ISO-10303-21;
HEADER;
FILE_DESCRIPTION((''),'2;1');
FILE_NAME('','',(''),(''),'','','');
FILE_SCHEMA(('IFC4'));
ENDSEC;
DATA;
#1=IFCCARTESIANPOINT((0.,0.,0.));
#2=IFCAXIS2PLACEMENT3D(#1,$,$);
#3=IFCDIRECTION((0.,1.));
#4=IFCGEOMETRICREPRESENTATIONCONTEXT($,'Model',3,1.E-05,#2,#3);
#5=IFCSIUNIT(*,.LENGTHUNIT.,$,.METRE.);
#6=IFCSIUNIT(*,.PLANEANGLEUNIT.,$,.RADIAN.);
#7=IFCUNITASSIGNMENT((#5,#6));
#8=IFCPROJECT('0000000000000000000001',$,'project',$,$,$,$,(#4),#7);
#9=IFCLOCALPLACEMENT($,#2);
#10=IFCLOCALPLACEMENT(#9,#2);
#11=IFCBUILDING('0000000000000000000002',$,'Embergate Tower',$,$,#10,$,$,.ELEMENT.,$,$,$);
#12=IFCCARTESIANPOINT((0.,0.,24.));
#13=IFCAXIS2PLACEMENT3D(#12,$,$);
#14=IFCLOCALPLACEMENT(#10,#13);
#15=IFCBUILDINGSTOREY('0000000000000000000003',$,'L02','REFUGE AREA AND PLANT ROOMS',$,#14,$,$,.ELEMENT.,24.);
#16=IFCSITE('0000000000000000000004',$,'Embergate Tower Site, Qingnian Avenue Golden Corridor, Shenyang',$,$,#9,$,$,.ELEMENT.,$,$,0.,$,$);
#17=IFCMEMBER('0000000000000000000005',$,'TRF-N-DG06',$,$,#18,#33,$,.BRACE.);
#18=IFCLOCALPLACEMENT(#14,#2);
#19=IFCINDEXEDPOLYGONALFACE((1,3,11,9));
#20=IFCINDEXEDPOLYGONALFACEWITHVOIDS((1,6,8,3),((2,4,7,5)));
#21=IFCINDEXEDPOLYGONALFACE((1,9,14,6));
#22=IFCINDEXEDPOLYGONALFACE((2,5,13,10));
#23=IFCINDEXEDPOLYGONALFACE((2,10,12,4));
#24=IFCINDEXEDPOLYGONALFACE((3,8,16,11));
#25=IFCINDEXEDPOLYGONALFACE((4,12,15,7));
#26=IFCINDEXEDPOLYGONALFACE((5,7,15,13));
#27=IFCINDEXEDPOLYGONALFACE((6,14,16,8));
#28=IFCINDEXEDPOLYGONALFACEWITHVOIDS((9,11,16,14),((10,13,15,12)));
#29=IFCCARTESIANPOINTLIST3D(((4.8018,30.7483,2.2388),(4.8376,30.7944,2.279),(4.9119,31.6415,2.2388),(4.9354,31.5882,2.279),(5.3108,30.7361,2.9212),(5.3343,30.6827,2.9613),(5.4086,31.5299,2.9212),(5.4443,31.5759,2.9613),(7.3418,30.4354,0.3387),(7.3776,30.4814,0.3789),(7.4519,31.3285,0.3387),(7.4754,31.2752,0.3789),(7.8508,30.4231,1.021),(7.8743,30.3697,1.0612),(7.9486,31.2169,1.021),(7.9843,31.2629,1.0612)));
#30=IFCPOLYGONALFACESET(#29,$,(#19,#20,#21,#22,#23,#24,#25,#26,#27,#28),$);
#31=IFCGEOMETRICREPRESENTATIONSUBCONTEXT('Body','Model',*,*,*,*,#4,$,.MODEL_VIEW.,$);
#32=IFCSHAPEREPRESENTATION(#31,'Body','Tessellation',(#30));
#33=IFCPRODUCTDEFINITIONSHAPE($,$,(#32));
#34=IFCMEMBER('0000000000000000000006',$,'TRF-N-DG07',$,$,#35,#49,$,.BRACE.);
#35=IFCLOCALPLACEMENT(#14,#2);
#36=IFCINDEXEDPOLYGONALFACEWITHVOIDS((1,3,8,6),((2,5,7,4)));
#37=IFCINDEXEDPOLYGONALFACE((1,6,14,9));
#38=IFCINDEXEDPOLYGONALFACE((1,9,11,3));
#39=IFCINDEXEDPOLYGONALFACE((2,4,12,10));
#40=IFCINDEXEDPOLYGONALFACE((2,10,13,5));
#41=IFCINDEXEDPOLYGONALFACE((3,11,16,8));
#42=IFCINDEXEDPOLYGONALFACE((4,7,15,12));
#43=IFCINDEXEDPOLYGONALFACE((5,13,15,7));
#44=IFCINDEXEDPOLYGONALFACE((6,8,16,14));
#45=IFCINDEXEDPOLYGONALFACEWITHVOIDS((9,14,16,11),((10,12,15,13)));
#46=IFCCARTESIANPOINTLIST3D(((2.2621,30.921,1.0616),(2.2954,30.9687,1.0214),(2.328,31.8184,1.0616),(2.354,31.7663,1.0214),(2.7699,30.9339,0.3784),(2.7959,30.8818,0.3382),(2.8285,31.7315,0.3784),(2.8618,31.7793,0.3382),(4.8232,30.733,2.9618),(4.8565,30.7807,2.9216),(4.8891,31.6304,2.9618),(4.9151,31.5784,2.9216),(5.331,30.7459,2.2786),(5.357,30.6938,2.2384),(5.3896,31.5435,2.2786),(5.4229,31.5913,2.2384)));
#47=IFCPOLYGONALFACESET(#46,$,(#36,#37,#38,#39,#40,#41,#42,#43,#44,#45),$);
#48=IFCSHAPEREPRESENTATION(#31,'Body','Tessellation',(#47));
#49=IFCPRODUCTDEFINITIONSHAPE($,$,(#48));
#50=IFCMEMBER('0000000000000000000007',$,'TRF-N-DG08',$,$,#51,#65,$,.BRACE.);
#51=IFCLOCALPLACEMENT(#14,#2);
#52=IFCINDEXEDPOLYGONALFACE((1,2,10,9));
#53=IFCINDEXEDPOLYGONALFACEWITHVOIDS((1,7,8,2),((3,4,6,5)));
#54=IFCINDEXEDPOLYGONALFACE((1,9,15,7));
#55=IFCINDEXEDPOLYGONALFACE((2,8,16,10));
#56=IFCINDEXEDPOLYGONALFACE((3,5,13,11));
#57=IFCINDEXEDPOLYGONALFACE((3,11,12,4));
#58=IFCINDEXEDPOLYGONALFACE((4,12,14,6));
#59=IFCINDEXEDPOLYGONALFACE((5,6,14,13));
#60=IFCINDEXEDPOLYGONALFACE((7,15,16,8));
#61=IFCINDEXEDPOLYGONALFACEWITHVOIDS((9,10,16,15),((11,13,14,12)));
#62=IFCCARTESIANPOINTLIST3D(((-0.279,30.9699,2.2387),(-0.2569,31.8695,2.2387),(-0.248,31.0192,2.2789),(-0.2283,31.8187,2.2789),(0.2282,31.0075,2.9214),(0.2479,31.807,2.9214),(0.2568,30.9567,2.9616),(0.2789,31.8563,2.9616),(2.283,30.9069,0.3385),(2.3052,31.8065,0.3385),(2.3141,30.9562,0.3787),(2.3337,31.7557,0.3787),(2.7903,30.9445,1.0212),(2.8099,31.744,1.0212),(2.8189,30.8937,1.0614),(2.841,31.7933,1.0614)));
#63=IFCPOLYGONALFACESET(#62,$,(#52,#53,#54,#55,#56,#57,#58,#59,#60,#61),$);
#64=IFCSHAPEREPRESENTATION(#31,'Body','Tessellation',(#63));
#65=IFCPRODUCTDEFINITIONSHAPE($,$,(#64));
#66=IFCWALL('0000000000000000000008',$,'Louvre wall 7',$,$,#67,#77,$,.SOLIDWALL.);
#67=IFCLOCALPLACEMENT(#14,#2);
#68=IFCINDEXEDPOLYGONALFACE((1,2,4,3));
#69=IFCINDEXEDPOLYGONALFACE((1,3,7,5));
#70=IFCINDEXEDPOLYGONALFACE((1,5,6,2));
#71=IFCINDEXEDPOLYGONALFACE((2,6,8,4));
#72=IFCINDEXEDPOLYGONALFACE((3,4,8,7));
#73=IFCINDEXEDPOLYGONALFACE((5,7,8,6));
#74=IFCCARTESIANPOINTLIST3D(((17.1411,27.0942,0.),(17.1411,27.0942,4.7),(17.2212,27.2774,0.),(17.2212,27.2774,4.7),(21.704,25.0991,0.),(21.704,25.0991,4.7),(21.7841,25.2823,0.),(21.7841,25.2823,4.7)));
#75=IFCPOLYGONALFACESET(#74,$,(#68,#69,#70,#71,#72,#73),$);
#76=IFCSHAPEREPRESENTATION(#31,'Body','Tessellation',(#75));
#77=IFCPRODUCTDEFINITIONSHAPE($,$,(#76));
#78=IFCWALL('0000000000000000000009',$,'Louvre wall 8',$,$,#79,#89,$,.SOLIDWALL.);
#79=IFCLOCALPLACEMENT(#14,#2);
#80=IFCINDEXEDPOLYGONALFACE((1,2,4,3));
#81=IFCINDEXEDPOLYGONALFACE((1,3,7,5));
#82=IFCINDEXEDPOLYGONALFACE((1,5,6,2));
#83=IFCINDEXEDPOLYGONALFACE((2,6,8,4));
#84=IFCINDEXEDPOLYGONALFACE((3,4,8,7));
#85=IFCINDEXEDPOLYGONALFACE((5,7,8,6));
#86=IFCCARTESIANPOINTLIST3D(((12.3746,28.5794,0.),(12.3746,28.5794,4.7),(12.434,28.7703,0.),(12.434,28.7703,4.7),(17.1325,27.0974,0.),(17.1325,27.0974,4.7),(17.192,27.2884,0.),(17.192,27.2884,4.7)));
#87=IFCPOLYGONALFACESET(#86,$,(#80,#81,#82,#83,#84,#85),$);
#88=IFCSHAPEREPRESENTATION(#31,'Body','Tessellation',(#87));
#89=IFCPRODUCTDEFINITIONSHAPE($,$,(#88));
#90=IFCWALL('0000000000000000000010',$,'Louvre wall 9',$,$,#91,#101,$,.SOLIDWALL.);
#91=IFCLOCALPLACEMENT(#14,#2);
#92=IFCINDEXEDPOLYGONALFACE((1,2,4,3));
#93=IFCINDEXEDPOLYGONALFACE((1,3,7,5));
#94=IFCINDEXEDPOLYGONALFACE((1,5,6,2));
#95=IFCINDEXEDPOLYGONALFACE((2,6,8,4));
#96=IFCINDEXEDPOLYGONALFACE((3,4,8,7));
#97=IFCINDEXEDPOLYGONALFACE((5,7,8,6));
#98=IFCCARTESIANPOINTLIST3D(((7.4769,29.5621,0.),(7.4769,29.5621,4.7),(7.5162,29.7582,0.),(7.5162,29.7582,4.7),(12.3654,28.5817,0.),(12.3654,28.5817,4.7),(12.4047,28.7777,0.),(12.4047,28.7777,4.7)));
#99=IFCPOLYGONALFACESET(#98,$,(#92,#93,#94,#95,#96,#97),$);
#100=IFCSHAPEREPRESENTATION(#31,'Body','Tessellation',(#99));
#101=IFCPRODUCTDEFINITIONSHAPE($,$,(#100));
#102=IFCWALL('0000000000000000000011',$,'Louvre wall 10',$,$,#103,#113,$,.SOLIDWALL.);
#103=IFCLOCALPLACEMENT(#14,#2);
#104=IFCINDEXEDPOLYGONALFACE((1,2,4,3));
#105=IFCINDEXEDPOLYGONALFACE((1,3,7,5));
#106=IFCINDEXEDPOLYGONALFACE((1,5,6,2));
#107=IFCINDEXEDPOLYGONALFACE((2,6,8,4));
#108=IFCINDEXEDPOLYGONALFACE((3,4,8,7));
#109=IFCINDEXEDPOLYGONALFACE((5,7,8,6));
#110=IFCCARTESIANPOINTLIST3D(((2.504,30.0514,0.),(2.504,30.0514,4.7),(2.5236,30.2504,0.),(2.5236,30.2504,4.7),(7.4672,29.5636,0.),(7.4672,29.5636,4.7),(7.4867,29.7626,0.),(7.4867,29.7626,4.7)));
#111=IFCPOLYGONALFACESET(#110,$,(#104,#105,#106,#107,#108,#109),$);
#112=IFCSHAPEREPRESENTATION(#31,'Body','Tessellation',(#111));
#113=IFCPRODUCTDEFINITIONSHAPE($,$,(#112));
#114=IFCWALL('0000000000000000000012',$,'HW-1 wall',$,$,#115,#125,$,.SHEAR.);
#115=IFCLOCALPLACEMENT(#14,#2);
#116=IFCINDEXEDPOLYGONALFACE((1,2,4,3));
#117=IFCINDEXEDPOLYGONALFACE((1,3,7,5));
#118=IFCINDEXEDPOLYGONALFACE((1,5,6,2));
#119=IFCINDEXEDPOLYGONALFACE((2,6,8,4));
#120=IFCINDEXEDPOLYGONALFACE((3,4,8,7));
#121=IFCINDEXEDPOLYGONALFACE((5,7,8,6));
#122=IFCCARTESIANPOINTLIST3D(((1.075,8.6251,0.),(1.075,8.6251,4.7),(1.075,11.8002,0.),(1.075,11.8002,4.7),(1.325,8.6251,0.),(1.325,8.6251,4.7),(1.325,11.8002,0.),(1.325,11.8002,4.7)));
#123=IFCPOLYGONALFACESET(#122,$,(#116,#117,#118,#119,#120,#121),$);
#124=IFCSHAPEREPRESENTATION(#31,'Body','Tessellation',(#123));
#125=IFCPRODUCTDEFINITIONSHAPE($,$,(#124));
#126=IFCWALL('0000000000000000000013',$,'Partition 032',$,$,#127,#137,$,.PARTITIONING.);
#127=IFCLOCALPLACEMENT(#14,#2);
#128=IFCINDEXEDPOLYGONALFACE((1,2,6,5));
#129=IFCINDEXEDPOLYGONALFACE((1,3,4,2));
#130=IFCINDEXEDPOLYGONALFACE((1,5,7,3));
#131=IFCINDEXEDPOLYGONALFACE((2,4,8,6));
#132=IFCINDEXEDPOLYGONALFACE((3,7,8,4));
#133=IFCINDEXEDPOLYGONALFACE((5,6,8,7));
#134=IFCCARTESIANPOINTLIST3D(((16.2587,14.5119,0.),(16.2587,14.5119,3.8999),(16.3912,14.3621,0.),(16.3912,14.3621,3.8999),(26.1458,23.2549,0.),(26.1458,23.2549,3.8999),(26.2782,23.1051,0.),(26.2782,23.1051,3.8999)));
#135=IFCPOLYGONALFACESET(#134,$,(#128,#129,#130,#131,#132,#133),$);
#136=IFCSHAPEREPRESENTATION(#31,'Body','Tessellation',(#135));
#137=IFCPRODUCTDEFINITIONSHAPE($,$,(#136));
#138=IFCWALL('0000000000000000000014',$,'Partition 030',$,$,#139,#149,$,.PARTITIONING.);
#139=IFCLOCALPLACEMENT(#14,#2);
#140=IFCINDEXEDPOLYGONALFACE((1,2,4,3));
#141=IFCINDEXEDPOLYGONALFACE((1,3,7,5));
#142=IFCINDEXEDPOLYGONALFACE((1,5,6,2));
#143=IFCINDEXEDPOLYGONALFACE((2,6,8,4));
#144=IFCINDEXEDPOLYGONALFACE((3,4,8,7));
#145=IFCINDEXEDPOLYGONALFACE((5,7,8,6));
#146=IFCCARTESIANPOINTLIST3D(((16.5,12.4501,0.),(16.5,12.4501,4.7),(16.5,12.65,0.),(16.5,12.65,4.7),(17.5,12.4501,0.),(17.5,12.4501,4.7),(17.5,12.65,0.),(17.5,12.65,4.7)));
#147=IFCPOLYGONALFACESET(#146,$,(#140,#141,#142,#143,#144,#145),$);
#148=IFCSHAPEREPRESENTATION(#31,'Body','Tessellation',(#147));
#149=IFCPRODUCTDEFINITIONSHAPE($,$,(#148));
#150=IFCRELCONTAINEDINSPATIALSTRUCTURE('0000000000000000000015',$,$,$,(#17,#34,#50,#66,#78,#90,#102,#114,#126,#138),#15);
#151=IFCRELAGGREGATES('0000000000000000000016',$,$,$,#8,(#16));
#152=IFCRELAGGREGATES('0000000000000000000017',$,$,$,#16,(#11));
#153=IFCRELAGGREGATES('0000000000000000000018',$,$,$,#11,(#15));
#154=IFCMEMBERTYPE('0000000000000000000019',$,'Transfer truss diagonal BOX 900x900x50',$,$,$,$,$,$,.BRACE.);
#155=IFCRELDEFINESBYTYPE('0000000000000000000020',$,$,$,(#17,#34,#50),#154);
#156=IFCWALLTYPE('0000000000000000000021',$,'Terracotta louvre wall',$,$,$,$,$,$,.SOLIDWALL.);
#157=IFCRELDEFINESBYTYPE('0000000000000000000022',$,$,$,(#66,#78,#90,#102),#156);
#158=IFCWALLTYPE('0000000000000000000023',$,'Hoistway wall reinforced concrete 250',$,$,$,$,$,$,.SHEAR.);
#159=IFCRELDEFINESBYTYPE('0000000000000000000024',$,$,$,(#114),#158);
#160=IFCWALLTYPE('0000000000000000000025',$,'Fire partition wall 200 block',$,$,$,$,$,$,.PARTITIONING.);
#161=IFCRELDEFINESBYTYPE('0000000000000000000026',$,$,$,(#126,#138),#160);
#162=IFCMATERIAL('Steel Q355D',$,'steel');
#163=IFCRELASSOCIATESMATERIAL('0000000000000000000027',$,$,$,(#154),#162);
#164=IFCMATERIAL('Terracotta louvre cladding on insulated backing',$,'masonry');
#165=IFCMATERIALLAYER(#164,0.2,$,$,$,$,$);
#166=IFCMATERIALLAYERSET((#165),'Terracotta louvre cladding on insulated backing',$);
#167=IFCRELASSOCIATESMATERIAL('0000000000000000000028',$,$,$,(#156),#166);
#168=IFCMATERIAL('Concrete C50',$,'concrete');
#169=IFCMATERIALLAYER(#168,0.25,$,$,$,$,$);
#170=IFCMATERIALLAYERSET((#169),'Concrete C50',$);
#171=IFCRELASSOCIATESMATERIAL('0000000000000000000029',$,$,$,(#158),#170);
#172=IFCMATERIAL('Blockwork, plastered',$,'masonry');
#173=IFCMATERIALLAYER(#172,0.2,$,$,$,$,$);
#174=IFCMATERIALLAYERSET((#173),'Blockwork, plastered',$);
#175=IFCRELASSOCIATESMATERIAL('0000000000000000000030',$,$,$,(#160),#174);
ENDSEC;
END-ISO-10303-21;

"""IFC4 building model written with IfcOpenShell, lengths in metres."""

from ifc_helpers import new_model, si_unit, direction, frame, frame_2d, origin, origin_2d, place, context, subcontext, project, spatial, rectangle, hollow_rectangle, extrude, source, transform, mapped, material, layer, layer_set, material_profile, profile_set, type_object, element, save


model = new_model("IFC4")

# Units and contexts
model_context = context("Model", 3, precision=1e-05, world=origin(), true_north=direction((0.0, 1.0)))
body_context = subcontext(model_context, "Body", "Model", "MODEL_VIEW")
ifc_project = project(units=[si_unit("LENGTHUNIT", "METRE"), si_unit("PLANEANGLEUNIT", "RADIAN")], contexts=[model_context])

# Site, building, storey
site_placement = place(None, origin())
site = spatial("IfcSite", under=ifc_project, at=site_placement, Name="Embergate Tower Site, Qingnian Avenue Golden Corridor, Shenyang", CompositionType="ELEMENT", RefElevation=0.0)
building_placement = place(site_placement, origin())
building = spatial("IfcBuilding", under=site, at=building_placement, Name="Embergate Tower", CompositionType="ELEMENT")
storey_placement = place(building_placement, frame((0.0, 0.0, 24.0)))
storey = spatial("IfcBuildingStorey", under=building, at=storey_placement, Name="L02", Description="REFUGE AREA AND PLANT ROOMS", CompositionType="ELEMENT", Elevation=24.0)

# Members
ifc_material_1 = material(Name="Steel Q355D", Category="steel")
ifc_material_profile_1 = material_profile(ifc_material_1, hollow_rectangle(XDim=0.8999, YDim=0.8999, WallThickness=0.05, at=origin_2d()), Name="BOX 900x900x50")
ifc_profile_set_1 = profile_set([ifc_material_profile_1], Name="Steel Q355 grade D")
member_type_1 = type_object("IfcMemberType", Name="Transfer truss diagonal BOX 900x900x50", PredefinedType="BRACE", material=ifc_profile_set_1)
shared_shape_1 = source(origin(), body_context, "Body", "SweptSolid", [
    extrude(hollow_rectangle(XDim=0.8999, YDim=0.8999, WallThickness=0.05, at=origin_2d()), origin(), (0.0, 0.0, 1.0), 3.1875),
])
member_1_placement = place(storey_placement, frame((7.6631, 30.8491, 0.7), z_axis=(-0.796869, 0.098192, 0.59612), x_axis=(-0.122297, -0.992494, 0.0)))
element("IfcMember", 1, at=member_1_placement, inside=storey, type_object=member_type_1, Name="TRF-N-DG06", PredefinedType="BRACE", context=body_context, shape_type="MappedRepresentation", body=[
    mapped(shared_shape_1, transform((0.0, 0.0, 0.0))),
])
shared_shape_2 = source(origin(), body_context, "Body", "SweptSolid", [
    extrude(hollow_rectangle(XDim=0.8999, YDim=0.8999, WallThickness=0.05, at=origin_2d()), origin(), (0.0, 0.0, 1.0), 3.1946),
])
member_2_placement = place(storey_placement, frame((5.123, 31.1621, 2.6001), z_axis=(-0.801703, 0.058848, -0.594819), x_axis=(-0.073206, -0.997317, 0.0)))
element("IfcMember", 2, at=member_2_placement, inside=storey, type_object=member_type_1, Name="TRF-N-DG07", PredefinedType="BRACE", context=body_context, shape_type="MappedRepresentation", body=[
    mapped(shared_shape_2, transform((0.0, 0.0, 0.0))),
])
shared_shape_3 = source(origin(), body_context, "Body", "SweptSolid", [
    extrude(hollow_rectangle(XDim=0.8999, YDim=0.8999, WallThickness=0.05, at=origin_2d()), origin(), (0.0, 0.0, 1.0), 3.1904),
])
member_3_placement = place(storey_placement, frame((2.562, 31.3501, 0.7), z_axis=(-0.803047, 0.019743, 0.595589), x_axis=(-0.024578, -0.999698, 0.0)))
element("IfcMember", 3, at=member_3_placement, inside=storey, type_object=member_type_1, Name="TRF-N-DG08", PredefinedType="BRACE", context=body_context, shape_type="MappedRepresentation", body=[
    mapped(shared_shape_3, transform((0.0, 0.0, 0.0))),
])

# Walls
ifc_material_2 = material(Name="Terracotta louvre cladding on insulated backing", Category="masonry")
ifc_layer_1 = layer(ifc_material_2, 0.2)
ifc_layer_set_1 = layer_set([ifc_layer_1], Name="Terracotta louvre cladding on insulated backing")
wall_type_1 = type_object("IfcWallType", Name="Terracotta louvre wall", PredefinedType="SOLIDWALL", material=ifc_layer_set_1)
shared_shape_4 = source(origin(), body_context, "Body", "SweptSolid", [
    extrude(rectangle(XDim=4.98, YDim=0.2, at=frame_2d((2.49, 0.0))), origin(), (0.0, 0.0, 1.0), 4.7),
])
wall_1_placement = place(storey_placement, frame((17.1812, 27.1858, 0.0), z_axis=(0.0, 0.0, 1.0), x_axis=(0.916245, -0.400618, 0.0)))
element("IfcWall", 4, at=wall_1_placement, inside=storey, type_object=wall_type_1, Name="Louvre wall 7", PredefinedType="SOLIDWALL", context=body_context, shape_type="MappedRepresentation", body=[
    mapped(shared_shape_4, transform((0.0, 0.0, 0.0))),
])
shared_shape_5 = source(origin(), body_context, "Body", "SweptSolid", [
    extrude(rectangle(XDim=4.9834, YDim=0.2, at=frame_2d((2.4917, 0.0))), origin(), (0.0, 0.0, 1.0), 4.7),
])
wall_2_placement = place(storey_placement, frame((12.4043, 28.6748, 0.0), z_axis=(0.0, 0.0, 1.0), x_axis=(0.954763, -0.297368, 0.0)))
element("IfcWall", 5, at=wall_2_placement, inside=storey, type_object=wall_type_1, Name="Louvre wall 8", PredefinedType="SOLIDWALL", context=body_context, shape_type="MappedRepresentation", body=[
    mapped(shared_shape_5, transform((0.0, 0.0, 0.0))),
])
shared_shape_6 = source(origin(), body_context, "Body", "SweptSolid", [
    extrude(rectangle(XDim=4.9858, YDim=0.2, at=frame_2d((2.4929, 0.0))), origin(), (0.0, 0.0, 1.0), 4.7),
])
wall_3_placement = place(storey_placement, frame((7.4966, 29.6602, 0.0), z_axis=(0.0, 0.0, 1.0), x_axis=(0.980473, -0.196653, 0.0)))
element("IfcWall", 6, at=wall_3_placement, inside=storey, type_object=wall_type_1, Name="Louvre wall 9", PredefinedType="SOLIDWALL", context=body_context, shape_type="MappedRepresentation", body=[
    mapped(shared_shape_6, transform((0.0, 0.0, 0.0))),
])
shared_shape_7 = source(origin(), body_context, "Body", "SweptSolid", [
    extrude(rectangle(XDim=4.9871, YDim=0.2, at=frame_2d((2.4937, 0.0))), origin(), (0.0, 0.0, 1.0), 4.7),
])
wall_4_placement = place(storey_placement, frame((2.5137, 30.1509, 0.0), z_axis=(0.0, 0.0, 1.0), x_axis=(0.995205, -0.097812, 0.0)))
element("IfcWall", 7, at=wall_4_placement, inside=storey, type_object=wall_type_1, Name="Louvre wall 10", PredefinedType="SOLIDWALL", context=body_context, shape_type="MappedRepresentation", body=[
    mapped(shared_shape_7, transform((0.0, 0.0, 0.0))),
])
ifc_material_3 = material(Name="Concrete C50", Category="concrete")
ifc_layer_2 = layer(ifc_material_3, 0.25)
ifc_layer_set_2 = layer_set([ifc_layer_2], Name="Concrete C50")
wall_type_2 = type_object("IfcWallType", Name="Hoistway wall reinforced concrete 250", PredefinedType="SHEAR", material=ifc_layer_set_2)
shared_shape_8 = source(origin(), body_context, "Body", "SweptSolid", [
    extrude(rectangle(XDim=3.175, YDim=0.25, at=frame_2d((1.5874, 0.0))), origin(), (0.0, 0.0, 1.0), 4.7),
])
wall_5_placement = place(storey_placement, frame((1.2, 11.8, 0.0), z_axis=(0.0, 0.0, 1.0), x_axis=(0.0, -1.0, 0.0)))
element("IfcWall", 8, at=wall_5_placement, inside=storey, type_object=wall_type_2, Name="HW-1 wall", PredefinedType="SHEAR", context=body_context, shape_type="MappedRepresentation", body=[
    mapped(shared_shape_8, transform((0.0, 0.0, 0.0))),
])
ifc_material_4 = material(Name="Blockwork, plastered", Category="masonry")
ifc_layer_3 = layer(ifc_material_4, 0.2)
ifc_layer_set_3 = layer_set([ifc_layer_3], Name="Blockwork, plastered")
wall_type_3 = type_object("IfcWallType", Name="Fire partition wall 200 block", PredefinedType="PARTITIONING", material=ifc_layer_set_3)
shared_shape_9 = source(origin(), body_context, "Body", "SweptSolid", [
    extrude(rectangle(XDim=13.1982, YDim=0.2, at=frame_2d((6.5991, 0.0))), origin(), (0.0, 0.0, 1.0), 3.8999),
])
wall_6_placement = place(storey_placement, frame((16.325, 14.437, 0.0), z_axis=(0.0, 0.0, 1.0), x_axis=(0.749118, 0.662436, 0.0)))
element("IfcWall", 9, at=wall_6_placement, inside=storey, type_object=wall_type_3, Name="Partition 032", PredefinedType="PARTITIONING", context=body_context, shape_type="MappedRepresentation", body=[
    mapped(shared_shape_9, transform((0.0, 0.0, 0.0))),
])
shared_shape_10 = source(origin(), body_context, "Body", "SweptSolid", [
    extrude(rectangle(XDim=1.0, YDim=0.2, at=frame_2d((0.5, 0.0))), origin(), (0.0, 0.0, 1.0), 4.7),
])
wall_7_placement = place(storey_placement, frame((16.5, 12.55, 0.0), z_axis=(0.0, 0.0, 1.0), x_axis=(1.0, 0.0, 0.0)))
element("IfcWall", 10, at=wall_7_placement, inside=storey, type_object=wall_type_3, Name="Partition 030", PredefinedType="PARTITIONING", context=body_context, shape_type="MappedRepresentation", body=[
    mapped(shared_shape_10, transform((0.0, 0.0, 0.0))),
])

save(model, "model.ifc")
